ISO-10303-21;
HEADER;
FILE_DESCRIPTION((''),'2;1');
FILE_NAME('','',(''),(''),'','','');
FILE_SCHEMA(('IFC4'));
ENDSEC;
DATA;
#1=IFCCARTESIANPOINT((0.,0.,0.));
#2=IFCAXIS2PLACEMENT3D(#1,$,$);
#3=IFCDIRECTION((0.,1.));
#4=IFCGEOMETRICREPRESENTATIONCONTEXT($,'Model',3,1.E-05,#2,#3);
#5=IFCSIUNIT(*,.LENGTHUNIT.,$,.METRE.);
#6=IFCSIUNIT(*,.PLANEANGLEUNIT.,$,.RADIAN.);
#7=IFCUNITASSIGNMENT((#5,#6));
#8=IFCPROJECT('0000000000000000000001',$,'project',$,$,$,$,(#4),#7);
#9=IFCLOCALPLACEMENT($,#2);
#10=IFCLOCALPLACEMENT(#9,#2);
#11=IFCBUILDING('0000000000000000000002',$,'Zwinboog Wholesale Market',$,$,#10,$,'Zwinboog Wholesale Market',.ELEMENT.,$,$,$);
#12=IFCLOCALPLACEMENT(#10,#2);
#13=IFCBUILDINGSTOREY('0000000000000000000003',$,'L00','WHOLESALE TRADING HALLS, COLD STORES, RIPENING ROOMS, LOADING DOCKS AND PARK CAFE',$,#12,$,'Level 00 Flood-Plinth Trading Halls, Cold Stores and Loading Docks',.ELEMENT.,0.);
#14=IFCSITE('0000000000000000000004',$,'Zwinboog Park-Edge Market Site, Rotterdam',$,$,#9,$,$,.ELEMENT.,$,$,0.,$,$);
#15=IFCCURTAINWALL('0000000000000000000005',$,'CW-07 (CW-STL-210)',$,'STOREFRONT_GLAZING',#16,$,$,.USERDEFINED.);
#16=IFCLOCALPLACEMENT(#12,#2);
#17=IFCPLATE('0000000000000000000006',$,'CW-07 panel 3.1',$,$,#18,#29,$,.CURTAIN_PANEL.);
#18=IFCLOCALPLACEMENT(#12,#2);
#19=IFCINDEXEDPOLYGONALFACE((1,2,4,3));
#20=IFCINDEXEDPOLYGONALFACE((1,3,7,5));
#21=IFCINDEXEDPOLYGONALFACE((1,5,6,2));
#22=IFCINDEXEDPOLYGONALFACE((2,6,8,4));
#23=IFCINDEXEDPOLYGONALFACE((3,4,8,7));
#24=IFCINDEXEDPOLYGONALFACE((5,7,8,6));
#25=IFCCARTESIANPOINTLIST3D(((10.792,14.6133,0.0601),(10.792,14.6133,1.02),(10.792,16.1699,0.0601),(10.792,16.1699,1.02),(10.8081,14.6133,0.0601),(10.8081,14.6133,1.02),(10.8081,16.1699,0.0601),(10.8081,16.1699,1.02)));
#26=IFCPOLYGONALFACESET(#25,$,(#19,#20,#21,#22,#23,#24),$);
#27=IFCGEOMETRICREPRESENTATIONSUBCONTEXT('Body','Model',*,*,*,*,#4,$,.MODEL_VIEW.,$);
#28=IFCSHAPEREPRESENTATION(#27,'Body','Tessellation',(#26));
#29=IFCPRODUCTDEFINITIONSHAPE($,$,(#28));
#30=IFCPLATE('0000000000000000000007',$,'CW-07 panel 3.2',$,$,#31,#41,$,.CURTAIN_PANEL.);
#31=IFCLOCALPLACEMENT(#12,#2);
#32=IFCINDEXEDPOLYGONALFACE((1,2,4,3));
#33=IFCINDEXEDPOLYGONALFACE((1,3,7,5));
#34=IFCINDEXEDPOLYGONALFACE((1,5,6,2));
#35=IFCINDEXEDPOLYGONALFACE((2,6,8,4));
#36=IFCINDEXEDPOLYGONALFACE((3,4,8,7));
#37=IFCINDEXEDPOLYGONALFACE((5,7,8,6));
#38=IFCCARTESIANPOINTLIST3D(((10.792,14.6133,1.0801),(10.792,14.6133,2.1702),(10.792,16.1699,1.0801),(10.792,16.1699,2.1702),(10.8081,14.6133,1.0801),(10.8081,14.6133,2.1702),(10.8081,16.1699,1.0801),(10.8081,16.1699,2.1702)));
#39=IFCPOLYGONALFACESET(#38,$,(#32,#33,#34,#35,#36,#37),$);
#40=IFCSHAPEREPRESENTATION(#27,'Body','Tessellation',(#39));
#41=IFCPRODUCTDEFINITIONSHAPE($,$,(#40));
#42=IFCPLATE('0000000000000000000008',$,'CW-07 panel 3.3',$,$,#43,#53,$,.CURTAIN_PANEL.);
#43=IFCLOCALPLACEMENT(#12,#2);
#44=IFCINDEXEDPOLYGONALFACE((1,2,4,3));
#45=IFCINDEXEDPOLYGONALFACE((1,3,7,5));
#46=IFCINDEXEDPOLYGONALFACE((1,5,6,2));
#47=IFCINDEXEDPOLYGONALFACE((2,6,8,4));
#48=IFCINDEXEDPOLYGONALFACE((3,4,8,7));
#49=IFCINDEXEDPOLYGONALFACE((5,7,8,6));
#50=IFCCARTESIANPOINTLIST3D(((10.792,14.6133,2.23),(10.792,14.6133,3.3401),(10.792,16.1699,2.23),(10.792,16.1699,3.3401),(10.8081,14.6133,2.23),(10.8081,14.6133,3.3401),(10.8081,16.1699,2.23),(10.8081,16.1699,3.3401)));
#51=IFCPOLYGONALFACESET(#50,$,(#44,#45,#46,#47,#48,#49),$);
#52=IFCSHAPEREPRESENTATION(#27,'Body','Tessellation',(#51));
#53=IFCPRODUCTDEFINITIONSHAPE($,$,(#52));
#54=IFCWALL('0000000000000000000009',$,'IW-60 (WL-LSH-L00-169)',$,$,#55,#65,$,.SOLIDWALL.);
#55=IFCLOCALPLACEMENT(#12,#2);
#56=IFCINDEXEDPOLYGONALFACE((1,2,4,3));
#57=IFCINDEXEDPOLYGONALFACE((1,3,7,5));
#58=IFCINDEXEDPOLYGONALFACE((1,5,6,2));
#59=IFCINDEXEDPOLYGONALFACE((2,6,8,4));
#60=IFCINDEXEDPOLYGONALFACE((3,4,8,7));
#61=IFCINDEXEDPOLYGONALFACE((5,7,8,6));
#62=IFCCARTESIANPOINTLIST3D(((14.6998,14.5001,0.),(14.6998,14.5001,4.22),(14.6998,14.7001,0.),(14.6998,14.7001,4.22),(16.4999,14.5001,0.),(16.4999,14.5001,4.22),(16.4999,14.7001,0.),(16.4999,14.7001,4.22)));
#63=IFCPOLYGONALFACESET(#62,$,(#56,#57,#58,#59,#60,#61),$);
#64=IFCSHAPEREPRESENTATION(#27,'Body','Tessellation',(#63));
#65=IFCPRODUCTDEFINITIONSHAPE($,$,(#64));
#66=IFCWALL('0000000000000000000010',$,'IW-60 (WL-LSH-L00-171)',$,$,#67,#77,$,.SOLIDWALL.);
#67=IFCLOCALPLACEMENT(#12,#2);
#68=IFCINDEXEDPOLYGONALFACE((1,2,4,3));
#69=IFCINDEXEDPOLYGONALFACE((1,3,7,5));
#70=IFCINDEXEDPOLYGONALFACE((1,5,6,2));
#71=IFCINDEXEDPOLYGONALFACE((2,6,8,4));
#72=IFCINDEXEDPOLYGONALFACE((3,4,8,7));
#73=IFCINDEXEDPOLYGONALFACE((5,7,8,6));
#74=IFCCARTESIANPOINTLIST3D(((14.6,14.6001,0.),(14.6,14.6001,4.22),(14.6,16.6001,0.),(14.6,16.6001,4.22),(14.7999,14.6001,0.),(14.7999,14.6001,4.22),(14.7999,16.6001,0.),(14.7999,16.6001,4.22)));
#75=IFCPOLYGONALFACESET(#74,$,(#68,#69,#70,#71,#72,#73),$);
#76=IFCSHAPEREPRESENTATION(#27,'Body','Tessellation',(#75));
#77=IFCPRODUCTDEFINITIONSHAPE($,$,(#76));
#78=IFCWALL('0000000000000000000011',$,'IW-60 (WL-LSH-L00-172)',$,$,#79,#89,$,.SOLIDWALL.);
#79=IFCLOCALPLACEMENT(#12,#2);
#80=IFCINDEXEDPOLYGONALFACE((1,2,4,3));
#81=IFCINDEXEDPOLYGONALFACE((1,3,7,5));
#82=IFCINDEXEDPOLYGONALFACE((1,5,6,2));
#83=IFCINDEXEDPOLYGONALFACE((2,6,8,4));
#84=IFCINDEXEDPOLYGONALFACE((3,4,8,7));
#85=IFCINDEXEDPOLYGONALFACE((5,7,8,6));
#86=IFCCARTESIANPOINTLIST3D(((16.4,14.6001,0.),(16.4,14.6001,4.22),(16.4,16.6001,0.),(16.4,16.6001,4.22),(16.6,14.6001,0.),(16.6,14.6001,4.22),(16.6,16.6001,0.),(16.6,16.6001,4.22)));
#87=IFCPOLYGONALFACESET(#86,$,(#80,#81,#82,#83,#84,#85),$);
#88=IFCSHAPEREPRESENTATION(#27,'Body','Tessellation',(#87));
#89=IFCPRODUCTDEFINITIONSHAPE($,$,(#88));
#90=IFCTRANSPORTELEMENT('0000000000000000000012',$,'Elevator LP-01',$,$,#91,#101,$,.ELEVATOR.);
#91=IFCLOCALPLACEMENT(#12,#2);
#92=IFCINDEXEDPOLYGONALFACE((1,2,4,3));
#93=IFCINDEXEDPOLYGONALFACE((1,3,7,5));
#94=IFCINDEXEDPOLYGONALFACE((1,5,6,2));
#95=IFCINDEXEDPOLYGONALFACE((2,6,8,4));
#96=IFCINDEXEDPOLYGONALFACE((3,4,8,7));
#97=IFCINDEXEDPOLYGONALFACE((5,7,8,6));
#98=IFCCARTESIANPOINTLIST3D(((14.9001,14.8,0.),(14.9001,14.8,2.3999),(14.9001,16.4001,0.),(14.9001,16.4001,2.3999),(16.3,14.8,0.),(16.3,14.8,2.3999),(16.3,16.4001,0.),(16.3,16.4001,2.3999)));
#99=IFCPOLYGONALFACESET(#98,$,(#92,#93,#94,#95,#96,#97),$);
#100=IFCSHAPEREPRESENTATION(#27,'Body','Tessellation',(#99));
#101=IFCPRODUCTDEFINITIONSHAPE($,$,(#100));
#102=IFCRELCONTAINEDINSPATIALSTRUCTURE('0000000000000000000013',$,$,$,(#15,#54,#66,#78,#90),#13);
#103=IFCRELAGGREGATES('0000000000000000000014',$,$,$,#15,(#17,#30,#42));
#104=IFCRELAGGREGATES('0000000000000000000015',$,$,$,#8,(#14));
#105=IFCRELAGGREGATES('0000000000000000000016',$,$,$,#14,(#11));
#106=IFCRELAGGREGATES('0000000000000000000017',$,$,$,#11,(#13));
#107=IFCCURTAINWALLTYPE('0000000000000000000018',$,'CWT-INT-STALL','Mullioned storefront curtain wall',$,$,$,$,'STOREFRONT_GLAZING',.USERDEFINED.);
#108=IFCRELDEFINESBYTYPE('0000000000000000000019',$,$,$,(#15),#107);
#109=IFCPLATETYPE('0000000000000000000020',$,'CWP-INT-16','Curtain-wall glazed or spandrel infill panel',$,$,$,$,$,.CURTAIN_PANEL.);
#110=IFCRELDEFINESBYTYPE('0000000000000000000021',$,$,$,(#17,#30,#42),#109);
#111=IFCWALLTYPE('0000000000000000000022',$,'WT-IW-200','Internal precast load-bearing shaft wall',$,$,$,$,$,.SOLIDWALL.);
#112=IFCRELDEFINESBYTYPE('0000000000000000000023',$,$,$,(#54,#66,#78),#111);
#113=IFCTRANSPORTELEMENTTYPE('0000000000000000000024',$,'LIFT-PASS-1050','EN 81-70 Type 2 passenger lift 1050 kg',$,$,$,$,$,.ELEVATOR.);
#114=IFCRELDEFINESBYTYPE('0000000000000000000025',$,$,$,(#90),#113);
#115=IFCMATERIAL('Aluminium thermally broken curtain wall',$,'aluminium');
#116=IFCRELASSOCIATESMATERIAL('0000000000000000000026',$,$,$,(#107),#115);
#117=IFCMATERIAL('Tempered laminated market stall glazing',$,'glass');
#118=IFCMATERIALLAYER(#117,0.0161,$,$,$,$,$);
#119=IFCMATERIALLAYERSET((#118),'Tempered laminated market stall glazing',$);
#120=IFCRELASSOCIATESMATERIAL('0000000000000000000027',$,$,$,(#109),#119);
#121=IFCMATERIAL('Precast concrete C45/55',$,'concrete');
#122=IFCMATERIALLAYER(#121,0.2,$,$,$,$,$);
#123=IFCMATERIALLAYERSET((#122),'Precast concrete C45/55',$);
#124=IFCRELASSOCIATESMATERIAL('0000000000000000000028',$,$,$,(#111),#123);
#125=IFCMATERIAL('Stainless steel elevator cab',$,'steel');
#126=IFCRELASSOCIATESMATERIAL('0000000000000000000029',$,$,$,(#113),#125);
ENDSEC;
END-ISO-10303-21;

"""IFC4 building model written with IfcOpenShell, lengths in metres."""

from ifc_helpers import new_model, si_unit, direction, frame, frame_2d, origin, origin_2d, place, context, subcontext, project, spatial, rectangle, extrude, material, layer, layer_set, type_object, element, aggregate, save


model = new_model("IFC4")

# Units and contexts
model_context = context("Model", 3, precision=1e-05, world=origin(), true_north=direction((0.0, 1.0)))
body_context = subcontext(model_context, "Body", "Model", "MODEL_VIEW")
ifc_project = project(units=[si_unit("LENGTHUNIT", "METRE"), si_unit("PLANEANGLEUNIT", "RADIAN")], contexts=[model_context])

# Site, building, storey
site_placement = place(None, origin())
site = spatial("IfcSite", under=ifc_project, at=site_placement, Name="Zwinboog Park-Edge Market Site, Rotterdam", CompositionType="ELEMENT", RefElevation=0.0)
building_placement = place(site_placement, origin())
building = spatial("IfcBuilding", under=site, at=building_placement, Name="Zwinboog Wholesale Market", LongName="Zwinboog Wholesale Market", CompositionType="ELEMENT")
storey_placement = place(building_placement, origin())
storey = spatial("IfcBuildingStorey", under=building, at=storey_placement, Name="L00", Description="WHOLESALE TRADING HALLS, COLD STORES, RIPENING ROOMS, LOADING DOCKS AND PARK CAFE", LongName="Level 00 Flood-Plinth Trading Halls, Cold Stores and Loading Docks", CompositionType="ELEMENT", Elevation=0.0)

# Curtain wall, plates
ifc_material_1 = material(Name="Aluminium thermally broken curtain wall", Category="aluminium")
curtain_wall_type = type_object("IfcCurtainWallType", Name="CWT-INT-STALL", Description="Mullioned storefront curtain wall", ElementType="STOREFRONT_GLAZING", PredefinedType="USERDEFINED", material=ifc_material_1)
curtain_wall_placement = place(storey_placement, origin())
curtain_wall = element("IfcCurtainWall", 1, at=curtain_wall_placement, inside=storey, type_object=curtain_wall_type, Name="CW-07 (CW-STL-210)", ObjectType="STOREFRONT_GLAZING", PredefinedType="USERDEFINED")
ifc_material_2 = material(Name="Tempered laminated market stall glazing", Category="glass")
ifc_layer_1 = layer(ifc_material_2, 0.0161)
ifc_layer_set_1 = layer_set([ifc_layer_1], Name="Tempered laminated market stall glazing")
plate_type = type_object("IfcPlateType", Name="CWP-INT-16", Description="Curtain-wall glazed or spandrel infill panel", PredefinedType="CURTAIN_PANEL", material=ifc_layer_set_1)
plate_1_placement = place(storey_placement, frame((10.8, 15.3916, 0.0601), z_axis=(0.0, 0.0, 1.0), x_axis=(0.0, 1.0, 0.0)))
plate_1 = element("IfcPlate", 2, at=plate_1_placement, type_object=plate_type, Name="CW-07 panel 3.1", PredefinedType="CURTAIN_PANEL", context=body_context, shape_type="SweptSolid", body=[
    extrude(rectangle(XDim=1.5566, YDim=0.0161, at=origin_2d()), origin(), (0.0, 0.0, 1.0), 0.96),
])
plate_2_placement = place(storey_placement, frame((10.8, 15.3916, 1.0801), z_axis=(0.0, 0.0, 1.0), x_axis=(0.0, 1.0, 0.0)))
plate_2 = element("IfcPlate", 3, at=plate_2_placement, type_object=plate_type, Name="CW-07 panel 3.2", PredefinedType="CURTAIN_PANEL", context=body_context, shape_type="SweptSolid", body=[
    extrude(rectangle(XDim=1.5566, YDim=0.0161, at=origin_2d()), origin(), (0.0, 0.0, 1.0), 1.0901),
])
plate_3_placement = place(storey_placement, frame((10.8, 15.3916, 2.23), z_axis=(0.0, 0.0, 1.0), x_axis=(0.0, 1.0, 0.0)))
plate_3 = element("IfcPlate", 4, at=plate_3_placement, type_object=plate_type, Name="CW-07 panel 3.3", PredefinedType="CURTAIN_PANEL", context=body_context, shape_type="SweptSolid", body=[
    extrude(rectangle(XDim=1.5566, YDim=0.0161, at=origin_2d()), origin(), (0.0, 0.0, 1.0), 1.1101),
])
aggregate(curtain_wall, [plate_1, plate_2, plate_3])

# Walls
ifc_material_3 = material(Name="Precast concrete C45/55", Category="concrete")
ifc_layer_2 = layer(ifc_material_3, 0.2)
ifc_layer_set_2 = layer_set([ifc_layer_2], Name="Precast concrete C45/55")
wall_type = type_object("IfcWallType", Name="WT-IW-200", Description="Internal precast load-bearing shaft wall", PredefinedType="SOLIDWALL", material=ifc_layer_set_2)
wall_placement = place(storey_placement, frame((14.7, 14.6001, 0.0), z_axis=(0.0, 0.0, 1.0), x_axis=(1.0, 0.0, 0.0)))
element("IfcWall", 5, at=wall_placement, inside=storey, type_object=wall_type, Name="IW-60 (WL-LSH-L00-169)", PredefinedType="SOLIDWALL", context=body_context, shape_type="SweptSolid", body=[
    extrude(rectangle(XDim=1.8, YDim=0.2, at=frame_2d((0.8999, 0.0))), origin(), (0.0, 0.0, 1.0), 4.22),
])
for number, where, z_axis, x_axis, name in (
    (6, (14.7, 14.6001, 0.0), (0.0, 0.0, 1.0), (0.0, 1.0, 0.0), "IW-60 (WL-LSH-L00-171)"),
    (7, (16.5, 14.6001, 0.0), (0.0, 0.0, 1.0), (0.0, 1.0, 0.0), "IW-60 (WL-LSH-L00-172)"),
):
    element("IfcWall", number, at=place(storey_placement, frame(where, z_axis=z_axis, x_axis=x_axis)), inside=storey, type_object=wall_type, Name=name, PredefinedType="SOLIDWALL", context=body_context, shape_type="SweptSolid", body=[
        extrude(rectangle(XDim=2.0, YDim=0.2, at=frame_2d((1.0, 0.0))), origin(), (0.0, 0.0, 1.0), 4.22),
    ])

# Transport element
ifc_material_4 = material(Name="Stainless steel elevator cab", Category="steel")
transport_element_type = type_object("IfcTransportElementType", Name="LIFT-PASS-1050", Description="EN 81-70 Type 2 passenger lift 1050 kg", PredefinedType="ELEVATOR", material=ifc_material_4)
transport_element_placement = place(storey_placement, frame((15.6001, 15.6001, 0.0), z_axis=(0.0, 0.0, 1.0), x_axis=(1.0, 0.0, 0.0)))
element("IfcTransportElement", 8, at=transport_element_placement, inside=storey, type_object=transport_element_type, Name="Elevator LP-01", PredefinedType="ELEVATOR", context=body_context, shape_type="SweptSolid", body=[
    extrude(rectangle(XDim=1.3999, YDim=1.6001, at=origin_2d()), origin(), (0.0, 0.0, 1.0), 2.3999),
])

save(model, "model.ifc")
